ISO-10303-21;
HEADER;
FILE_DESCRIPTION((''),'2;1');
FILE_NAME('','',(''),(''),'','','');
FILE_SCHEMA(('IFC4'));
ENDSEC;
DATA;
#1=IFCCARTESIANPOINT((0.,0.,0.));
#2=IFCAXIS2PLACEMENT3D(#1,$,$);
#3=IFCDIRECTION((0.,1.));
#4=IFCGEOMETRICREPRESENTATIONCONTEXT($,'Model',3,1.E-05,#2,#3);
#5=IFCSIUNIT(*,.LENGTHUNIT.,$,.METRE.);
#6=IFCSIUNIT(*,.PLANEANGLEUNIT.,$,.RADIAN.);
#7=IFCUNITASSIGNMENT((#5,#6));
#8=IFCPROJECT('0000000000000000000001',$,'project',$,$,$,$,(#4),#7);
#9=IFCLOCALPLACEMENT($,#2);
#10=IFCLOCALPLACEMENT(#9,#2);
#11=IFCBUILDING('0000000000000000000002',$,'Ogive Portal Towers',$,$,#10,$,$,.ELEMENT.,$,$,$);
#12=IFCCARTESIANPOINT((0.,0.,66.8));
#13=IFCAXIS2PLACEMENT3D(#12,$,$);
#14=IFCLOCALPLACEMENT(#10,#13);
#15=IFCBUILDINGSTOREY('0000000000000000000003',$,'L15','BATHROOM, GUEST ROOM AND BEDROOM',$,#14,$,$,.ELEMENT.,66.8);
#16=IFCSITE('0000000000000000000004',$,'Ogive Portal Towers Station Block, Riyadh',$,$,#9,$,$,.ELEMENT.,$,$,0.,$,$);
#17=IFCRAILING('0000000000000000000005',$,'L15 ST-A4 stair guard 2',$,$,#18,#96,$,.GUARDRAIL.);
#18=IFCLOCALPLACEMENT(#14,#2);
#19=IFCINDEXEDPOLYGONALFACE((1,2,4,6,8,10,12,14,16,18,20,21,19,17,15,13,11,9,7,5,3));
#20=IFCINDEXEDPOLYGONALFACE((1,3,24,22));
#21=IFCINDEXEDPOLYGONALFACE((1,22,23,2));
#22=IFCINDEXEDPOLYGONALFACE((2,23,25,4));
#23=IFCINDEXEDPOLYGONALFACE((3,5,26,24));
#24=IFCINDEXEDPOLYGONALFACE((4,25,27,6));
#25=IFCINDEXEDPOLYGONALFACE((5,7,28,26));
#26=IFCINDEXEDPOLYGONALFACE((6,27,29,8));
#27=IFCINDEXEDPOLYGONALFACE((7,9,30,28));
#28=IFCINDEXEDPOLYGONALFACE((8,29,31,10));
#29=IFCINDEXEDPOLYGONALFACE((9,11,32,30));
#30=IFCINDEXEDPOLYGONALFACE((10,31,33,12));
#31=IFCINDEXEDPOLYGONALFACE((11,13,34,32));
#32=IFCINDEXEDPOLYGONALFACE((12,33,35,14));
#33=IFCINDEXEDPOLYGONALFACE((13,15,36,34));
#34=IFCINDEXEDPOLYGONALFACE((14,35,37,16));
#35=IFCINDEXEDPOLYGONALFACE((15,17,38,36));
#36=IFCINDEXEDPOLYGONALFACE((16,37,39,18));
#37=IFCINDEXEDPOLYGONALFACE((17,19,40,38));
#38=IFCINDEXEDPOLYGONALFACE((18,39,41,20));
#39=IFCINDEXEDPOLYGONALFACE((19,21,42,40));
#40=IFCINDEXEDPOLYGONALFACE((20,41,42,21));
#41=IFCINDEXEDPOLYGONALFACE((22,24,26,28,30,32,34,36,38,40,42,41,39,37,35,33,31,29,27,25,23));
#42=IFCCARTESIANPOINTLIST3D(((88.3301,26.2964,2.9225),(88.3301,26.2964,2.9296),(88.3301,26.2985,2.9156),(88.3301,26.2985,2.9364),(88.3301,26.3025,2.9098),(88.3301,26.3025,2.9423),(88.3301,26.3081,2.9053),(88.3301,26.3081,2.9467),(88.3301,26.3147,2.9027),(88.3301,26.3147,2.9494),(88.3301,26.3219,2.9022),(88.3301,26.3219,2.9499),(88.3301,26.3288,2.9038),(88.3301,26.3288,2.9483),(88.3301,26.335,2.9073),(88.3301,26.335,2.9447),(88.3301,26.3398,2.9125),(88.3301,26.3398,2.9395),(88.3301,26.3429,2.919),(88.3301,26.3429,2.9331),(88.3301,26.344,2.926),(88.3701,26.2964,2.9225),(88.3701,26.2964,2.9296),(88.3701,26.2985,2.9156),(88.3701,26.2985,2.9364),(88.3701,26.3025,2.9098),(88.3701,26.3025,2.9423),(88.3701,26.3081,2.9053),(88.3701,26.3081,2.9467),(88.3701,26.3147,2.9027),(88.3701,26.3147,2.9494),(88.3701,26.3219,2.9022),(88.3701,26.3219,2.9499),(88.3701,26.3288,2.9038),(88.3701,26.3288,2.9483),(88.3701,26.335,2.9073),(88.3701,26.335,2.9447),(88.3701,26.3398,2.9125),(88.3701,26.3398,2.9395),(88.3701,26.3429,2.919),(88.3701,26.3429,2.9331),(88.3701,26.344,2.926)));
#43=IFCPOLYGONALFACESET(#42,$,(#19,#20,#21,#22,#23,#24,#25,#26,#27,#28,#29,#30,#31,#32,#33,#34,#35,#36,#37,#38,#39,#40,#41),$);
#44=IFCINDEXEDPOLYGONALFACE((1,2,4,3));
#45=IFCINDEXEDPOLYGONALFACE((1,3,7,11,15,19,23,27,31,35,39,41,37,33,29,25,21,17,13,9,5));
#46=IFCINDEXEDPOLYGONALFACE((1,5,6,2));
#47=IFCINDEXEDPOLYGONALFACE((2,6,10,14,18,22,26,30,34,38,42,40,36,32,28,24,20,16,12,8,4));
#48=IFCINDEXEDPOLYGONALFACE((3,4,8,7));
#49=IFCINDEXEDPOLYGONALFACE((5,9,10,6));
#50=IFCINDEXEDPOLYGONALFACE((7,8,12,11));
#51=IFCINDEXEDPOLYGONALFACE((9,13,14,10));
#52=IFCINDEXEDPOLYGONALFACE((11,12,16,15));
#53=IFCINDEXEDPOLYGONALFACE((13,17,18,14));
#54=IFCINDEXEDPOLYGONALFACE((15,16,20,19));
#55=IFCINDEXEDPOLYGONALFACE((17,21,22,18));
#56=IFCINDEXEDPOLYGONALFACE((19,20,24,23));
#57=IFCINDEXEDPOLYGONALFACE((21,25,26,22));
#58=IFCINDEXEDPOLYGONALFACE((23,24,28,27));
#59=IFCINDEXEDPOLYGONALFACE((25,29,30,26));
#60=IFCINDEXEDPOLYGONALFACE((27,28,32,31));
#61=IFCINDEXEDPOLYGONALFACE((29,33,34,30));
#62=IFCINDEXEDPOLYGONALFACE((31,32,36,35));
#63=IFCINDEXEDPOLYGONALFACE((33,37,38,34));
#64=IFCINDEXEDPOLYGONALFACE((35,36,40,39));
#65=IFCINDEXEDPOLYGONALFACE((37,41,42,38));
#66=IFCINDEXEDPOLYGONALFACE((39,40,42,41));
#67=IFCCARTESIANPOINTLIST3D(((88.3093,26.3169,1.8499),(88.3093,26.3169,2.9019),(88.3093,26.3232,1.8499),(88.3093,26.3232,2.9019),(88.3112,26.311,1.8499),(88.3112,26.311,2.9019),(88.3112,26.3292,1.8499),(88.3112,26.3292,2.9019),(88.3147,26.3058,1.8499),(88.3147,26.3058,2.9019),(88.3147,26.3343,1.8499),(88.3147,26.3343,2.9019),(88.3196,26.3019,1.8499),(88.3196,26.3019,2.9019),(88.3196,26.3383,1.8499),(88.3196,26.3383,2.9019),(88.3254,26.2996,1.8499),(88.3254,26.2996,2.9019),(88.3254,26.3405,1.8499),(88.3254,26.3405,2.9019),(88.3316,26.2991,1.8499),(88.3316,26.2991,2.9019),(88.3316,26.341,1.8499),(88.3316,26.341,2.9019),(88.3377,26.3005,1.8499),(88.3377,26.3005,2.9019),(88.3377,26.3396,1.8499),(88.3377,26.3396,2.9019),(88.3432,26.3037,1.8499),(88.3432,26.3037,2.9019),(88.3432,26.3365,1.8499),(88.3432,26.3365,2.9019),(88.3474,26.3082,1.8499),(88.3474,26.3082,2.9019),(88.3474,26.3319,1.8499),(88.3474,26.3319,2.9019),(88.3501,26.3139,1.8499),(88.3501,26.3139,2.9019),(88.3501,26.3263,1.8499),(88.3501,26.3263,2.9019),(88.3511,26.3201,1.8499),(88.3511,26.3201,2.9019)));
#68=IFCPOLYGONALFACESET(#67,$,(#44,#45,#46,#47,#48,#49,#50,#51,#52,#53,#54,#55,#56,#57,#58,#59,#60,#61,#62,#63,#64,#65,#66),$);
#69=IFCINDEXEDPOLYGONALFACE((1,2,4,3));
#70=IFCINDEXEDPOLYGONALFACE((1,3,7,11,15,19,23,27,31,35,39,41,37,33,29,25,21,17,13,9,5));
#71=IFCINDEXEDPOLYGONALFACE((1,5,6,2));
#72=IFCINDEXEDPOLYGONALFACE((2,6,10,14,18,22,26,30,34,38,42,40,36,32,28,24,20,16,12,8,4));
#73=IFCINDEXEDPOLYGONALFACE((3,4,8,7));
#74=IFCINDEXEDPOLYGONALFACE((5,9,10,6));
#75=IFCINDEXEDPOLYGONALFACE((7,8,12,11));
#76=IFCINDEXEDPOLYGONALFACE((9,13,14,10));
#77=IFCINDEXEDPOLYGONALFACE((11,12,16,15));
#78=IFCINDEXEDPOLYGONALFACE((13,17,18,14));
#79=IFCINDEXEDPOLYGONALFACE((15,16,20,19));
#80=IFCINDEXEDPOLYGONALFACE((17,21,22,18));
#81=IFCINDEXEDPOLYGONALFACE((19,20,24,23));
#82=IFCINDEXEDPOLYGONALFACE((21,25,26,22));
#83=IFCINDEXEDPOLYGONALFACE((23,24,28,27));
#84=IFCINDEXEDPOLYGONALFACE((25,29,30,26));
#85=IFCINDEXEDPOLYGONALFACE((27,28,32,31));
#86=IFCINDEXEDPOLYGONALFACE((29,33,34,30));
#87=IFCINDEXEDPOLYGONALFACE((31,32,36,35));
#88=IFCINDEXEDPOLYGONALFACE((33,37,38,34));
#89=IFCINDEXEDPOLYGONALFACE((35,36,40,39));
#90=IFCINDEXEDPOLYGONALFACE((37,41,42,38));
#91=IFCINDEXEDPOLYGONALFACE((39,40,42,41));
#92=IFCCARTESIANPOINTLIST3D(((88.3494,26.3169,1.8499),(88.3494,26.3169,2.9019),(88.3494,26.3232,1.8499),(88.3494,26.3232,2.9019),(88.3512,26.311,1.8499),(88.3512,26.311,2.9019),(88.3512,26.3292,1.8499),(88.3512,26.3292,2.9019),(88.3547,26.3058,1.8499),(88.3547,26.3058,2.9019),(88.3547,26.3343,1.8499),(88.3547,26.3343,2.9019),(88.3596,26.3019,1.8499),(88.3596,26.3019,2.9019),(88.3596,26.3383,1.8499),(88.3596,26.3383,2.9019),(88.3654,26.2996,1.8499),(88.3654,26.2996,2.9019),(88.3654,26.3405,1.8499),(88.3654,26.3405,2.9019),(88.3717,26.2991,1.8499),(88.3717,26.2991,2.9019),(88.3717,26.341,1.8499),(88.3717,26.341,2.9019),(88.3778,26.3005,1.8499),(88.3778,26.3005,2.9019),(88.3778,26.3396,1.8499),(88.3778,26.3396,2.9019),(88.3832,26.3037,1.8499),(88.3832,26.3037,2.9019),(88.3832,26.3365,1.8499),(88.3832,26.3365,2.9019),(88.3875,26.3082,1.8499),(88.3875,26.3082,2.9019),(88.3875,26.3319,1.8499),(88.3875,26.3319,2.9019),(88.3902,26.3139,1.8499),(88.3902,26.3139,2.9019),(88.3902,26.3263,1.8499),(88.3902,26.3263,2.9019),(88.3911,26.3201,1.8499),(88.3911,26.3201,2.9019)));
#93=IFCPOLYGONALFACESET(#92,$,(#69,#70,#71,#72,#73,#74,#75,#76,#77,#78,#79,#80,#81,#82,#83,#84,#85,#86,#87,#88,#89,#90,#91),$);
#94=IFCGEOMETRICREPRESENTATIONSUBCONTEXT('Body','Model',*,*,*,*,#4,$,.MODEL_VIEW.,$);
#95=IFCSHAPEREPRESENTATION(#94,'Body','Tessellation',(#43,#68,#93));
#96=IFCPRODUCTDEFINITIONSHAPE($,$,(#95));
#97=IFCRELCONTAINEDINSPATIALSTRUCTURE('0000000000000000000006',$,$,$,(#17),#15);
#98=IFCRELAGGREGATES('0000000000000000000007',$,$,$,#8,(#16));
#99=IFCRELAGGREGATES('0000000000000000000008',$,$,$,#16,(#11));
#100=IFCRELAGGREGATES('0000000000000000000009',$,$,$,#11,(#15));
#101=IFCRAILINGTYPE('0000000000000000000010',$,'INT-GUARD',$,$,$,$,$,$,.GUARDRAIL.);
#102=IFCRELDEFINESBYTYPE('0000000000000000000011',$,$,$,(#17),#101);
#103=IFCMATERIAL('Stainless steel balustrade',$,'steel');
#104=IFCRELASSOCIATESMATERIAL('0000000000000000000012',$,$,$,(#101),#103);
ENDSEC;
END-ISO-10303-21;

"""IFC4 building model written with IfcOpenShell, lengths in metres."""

from ifc_helpers import new_model, si_unit, direction, frame, origin, origin_2d, place, context, subcontext, project, spatial, circle, extrude, material, type_object, element, save


model = new_model("IFC4")

# Units and contexts
model_context = context("Model", 3, precision=1e-05, world=origin(), true_north=direction((0.0, 1.0)))
body_context = subcontext(model_context, "Body", "Model", "MODEL_VIEW")
ifc_project = project(units=[si_unit("LENGTHUNIT", "METRE"), si_unit("PLANEANGLEUNIT", "RADIAN")], contexts=[model_context])

# Site, building, storey
site_placement = place(None, origin())
site = spatial("IfcSite", under=ifc_project, at=site_placement, Name="Ogive Portal Towers Station Block, Riyadh", CompositionType="ELEMENT", RefElevation=0.0)
building_placement = place(site_placement, origin())
building = spatial("IfcBuilding", under=site, at=building_placement, Name="Ogive Portal Towers", CompositionType="ELEMENT")
storey_placement = place(building_placement, frame((0.0, 0.0, 66.8)))
storey = spatial("IfcBuildingStorey", under=building, at=storey_placement, Name="L15", Description="BATHROOM, GUEST ROOM AND BEDROOM", CompositionType="ELEMENT", Elevation=66.8)

# Railing
ifc_material_1 = material(Name="Stainless steel balustrade", Category="steel")
railing_type_1 = type_object("IfcRailingType", Name="INT-GUARD", PredefinedType="GUARDRAIL", material=ifc_material_1)
railing_1_placement = place(storey_placement, frame((88.3301, 26.3201, 1.8499)))
element("IfcRailing", 1, at=railing_1_placement, inside=storey, type_object=railing_type_1, Name="L15 ST-A4 stair guard 2", PredefinedType="GUARDRAIL", context=body_context, shape_type="SweptSolid", body=[
    extrude(circle(Radius=0.0239, at=origin_2d()), frame((0.0, 0.0, 1.0762), z_axis=(1.0, 0.0, 0.0), x_axis=(0.0, 1.0, 0.0)), (0.0, 0.0, 1.0), 0.04),
    extrude(circle(Radius=0.021, at=origin_2d()), origin(), (0.0, 0.0, 1.0), 1.052),
    extrude(circle(Radius=0.021, at=origin_2d()), frame((0.04, 0.0, 0.0)), (0.0, 0.0, 1.0), 1.052),
])

save(model, "model.ifc")
